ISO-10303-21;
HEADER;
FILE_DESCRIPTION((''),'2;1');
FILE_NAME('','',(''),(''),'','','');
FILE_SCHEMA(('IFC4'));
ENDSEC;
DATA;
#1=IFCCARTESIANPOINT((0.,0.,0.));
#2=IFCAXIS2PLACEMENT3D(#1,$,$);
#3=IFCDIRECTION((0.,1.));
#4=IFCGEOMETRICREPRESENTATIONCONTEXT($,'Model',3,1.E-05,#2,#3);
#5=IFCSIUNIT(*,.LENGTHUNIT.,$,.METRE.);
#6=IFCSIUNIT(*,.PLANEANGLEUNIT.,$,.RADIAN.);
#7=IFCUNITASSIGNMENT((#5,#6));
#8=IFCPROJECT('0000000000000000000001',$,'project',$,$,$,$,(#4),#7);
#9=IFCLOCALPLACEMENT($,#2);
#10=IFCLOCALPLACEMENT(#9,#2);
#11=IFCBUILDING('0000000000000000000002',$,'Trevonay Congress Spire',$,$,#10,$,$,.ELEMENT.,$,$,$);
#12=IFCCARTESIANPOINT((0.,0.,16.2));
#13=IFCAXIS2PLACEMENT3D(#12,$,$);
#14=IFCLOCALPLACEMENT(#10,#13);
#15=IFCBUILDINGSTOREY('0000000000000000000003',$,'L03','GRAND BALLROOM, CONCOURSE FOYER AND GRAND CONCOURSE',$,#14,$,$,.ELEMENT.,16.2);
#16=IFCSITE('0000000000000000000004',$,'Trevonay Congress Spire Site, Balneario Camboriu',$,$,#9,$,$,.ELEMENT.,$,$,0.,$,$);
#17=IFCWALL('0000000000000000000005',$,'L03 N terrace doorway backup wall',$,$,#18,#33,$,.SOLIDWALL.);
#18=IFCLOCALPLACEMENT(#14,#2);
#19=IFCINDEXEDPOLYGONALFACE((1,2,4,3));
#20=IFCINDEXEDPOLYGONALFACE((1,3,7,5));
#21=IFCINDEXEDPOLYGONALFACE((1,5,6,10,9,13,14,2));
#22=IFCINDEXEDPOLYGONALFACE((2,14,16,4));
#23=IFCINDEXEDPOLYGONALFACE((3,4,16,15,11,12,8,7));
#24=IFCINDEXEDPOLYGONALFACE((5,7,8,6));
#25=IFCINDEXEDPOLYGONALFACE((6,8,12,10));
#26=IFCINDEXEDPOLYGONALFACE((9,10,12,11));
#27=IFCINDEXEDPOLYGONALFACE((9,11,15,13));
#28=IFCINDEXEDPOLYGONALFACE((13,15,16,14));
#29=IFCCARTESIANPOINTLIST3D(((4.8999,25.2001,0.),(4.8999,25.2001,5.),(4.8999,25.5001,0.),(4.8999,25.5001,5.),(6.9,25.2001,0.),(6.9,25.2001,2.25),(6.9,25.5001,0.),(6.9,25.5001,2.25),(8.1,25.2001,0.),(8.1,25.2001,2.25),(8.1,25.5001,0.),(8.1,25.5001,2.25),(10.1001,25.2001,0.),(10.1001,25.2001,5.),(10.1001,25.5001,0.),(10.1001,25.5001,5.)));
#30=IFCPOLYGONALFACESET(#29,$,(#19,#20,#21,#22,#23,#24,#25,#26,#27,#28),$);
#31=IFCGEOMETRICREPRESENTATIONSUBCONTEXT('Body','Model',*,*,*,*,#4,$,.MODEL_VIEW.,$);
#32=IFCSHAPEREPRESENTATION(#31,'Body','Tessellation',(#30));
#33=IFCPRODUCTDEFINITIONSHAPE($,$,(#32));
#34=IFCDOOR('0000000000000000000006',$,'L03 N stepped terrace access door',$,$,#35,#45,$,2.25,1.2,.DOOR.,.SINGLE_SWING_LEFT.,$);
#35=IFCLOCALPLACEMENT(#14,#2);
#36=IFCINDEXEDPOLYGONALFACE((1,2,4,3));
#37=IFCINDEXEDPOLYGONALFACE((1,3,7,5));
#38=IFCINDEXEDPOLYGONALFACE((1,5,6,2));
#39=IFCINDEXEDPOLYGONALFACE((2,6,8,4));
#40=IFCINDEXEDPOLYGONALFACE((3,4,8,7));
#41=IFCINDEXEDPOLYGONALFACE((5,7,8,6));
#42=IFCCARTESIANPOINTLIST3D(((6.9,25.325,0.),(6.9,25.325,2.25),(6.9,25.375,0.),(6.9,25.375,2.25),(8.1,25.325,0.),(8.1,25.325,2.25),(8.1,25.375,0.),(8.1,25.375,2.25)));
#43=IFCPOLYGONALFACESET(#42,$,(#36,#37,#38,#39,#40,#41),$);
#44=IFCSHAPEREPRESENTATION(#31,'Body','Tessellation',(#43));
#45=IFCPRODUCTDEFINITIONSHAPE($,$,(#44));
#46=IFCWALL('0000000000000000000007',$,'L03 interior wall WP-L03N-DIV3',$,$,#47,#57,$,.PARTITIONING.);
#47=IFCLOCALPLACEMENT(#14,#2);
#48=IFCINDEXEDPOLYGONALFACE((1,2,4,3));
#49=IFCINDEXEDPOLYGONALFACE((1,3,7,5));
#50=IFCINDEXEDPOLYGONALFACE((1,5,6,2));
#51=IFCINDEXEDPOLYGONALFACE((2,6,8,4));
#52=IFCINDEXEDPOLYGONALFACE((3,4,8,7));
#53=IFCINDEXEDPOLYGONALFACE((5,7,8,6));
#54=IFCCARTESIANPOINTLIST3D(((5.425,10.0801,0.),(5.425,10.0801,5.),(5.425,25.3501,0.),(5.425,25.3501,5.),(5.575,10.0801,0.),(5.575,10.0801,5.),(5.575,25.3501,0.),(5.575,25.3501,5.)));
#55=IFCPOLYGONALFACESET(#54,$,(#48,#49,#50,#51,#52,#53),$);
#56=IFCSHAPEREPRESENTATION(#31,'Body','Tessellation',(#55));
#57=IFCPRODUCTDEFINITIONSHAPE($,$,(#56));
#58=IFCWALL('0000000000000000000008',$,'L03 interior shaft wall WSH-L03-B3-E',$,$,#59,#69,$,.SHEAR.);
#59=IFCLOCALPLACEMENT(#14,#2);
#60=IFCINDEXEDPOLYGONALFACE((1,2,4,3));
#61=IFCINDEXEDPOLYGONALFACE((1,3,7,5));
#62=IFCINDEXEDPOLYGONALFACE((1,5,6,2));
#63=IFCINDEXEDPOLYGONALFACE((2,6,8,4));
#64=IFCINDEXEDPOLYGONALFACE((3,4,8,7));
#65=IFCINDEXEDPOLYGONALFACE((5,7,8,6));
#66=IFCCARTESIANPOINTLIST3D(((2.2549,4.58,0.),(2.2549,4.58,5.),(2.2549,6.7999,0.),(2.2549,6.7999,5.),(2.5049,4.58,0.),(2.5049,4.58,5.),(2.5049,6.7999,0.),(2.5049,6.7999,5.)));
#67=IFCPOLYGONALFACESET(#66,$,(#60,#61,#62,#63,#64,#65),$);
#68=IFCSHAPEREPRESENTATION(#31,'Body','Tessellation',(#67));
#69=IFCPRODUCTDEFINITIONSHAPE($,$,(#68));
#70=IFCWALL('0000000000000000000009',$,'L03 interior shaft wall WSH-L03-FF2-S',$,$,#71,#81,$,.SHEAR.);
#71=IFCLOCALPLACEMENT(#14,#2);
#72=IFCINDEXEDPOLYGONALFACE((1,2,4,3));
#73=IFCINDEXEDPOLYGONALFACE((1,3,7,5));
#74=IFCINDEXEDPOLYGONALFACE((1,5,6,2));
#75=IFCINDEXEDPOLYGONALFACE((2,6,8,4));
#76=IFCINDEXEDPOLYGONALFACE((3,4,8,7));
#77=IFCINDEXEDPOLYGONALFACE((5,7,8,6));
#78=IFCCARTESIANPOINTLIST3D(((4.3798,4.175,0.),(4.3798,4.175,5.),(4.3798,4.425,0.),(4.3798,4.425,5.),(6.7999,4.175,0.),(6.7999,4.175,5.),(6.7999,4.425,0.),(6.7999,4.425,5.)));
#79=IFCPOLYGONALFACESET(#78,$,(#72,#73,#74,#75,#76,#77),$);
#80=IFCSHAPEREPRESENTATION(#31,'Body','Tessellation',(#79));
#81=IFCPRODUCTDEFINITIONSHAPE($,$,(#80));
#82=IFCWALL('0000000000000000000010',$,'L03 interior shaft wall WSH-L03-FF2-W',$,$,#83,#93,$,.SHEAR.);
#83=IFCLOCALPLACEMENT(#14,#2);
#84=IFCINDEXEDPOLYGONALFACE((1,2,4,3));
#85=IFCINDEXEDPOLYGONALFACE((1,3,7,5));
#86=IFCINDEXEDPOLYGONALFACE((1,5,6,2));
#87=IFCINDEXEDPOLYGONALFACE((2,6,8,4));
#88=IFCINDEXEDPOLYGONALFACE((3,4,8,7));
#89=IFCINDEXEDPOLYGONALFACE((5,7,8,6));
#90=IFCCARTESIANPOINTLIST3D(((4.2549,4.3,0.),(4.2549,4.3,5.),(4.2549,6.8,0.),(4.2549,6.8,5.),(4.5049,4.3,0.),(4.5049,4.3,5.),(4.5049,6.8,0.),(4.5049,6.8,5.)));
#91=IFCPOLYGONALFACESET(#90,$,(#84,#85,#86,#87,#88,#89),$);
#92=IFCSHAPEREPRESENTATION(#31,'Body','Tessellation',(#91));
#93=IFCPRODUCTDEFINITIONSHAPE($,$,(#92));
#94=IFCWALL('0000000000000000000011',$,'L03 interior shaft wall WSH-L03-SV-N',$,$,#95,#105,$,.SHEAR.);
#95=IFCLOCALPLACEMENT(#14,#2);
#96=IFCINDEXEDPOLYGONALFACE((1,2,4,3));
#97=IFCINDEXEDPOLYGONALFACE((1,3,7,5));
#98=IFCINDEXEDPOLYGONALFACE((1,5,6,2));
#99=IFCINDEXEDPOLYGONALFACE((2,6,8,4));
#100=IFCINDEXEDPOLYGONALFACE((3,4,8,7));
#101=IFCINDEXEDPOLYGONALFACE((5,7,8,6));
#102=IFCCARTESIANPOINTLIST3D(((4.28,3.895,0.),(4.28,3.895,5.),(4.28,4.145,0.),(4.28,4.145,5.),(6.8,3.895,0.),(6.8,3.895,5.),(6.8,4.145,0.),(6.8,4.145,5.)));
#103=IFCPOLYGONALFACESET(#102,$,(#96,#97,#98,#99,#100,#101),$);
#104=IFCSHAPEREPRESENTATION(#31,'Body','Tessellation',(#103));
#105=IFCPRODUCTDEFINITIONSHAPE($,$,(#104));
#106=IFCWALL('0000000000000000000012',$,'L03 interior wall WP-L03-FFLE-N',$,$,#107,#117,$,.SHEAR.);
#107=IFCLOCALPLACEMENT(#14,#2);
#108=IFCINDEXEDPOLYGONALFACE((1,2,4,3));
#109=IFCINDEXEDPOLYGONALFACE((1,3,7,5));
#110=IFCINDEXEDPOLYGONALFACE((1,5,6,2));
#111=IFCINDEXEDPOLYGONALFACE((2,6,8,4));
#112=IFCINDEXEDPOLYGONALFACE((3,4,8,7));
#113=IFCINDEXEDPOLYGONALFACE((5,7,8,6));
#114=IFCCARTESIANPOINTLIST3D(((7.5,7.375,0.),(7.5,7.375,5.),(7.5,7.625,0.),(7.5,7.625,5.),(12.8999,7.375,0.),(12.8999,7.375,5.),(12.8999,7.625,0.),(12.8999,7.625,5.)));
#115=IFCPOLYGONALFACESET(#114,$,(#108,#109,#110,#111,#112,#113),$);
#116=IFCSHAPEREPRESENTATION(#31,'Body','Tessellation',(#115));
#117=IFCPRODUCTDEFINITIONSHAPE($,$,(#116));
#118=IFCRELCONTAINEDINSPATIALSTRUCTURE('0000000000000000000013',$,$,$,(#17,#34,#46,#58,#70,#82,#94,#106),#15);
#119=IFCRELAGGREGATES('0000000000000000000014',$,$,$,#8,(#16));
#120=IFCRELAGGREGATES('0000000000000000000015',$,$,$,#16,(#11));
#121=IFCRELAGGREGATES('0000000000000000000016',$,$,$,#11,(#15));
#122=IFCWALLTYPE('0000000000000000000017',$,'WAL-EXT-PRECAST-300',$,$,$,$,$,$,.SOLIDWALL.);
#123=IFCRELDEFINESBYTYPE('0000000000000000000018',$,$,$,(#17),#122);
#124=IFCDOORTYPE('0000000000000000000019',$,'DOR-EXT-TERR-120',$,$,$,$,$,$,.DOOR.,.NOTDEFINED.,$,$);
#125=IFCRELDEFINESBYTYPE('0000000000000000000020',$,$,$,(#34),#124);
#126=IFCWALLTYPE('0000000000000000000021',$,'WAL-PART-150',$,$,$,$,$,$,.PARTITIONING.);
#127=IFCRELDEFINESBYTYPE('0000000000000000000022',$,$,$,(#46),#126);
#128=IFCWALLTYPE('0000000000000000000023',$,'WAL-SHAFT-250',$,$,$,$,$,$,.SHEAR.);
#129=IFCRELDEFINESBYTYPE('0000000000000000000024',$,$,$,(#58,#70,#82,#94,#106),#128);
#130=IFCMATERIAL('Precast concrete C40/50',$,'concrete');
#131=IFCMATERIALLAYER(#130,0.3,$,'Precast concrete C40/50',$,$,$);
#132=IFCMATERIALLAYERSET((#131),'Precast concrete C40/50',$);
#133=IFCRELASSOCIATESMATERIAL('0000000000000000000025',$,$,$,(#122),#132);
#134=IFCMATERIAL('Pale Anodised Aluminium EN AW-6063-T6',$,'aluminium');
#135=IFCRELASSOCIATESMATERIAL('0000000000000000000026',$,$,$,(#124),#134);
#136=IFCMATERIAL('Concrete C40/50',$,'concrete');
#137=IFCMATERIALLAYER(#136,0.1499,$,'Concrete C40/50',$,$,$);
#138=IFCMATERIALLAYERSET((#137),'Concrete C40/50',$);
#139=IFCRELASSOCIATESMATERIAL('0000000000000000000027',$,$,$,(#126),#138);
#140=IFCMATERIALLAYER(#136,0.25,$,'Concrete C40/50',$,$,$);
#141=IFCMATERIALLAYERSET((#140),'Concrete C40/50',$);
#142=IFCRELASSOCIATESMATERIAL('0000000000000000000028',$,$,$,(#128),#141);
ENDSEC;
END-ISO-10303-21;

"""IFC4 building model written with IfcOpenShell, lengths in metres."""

from ifc_helpers import new_model, si_unit, direction, frame, frame_2d, origin, place, context, subcontext, project, spatial, rectangle, extrude, material, layer, layer_set, type_object, element, fill, save


model = new_model("IFC4")

# Units and contexts
model_context = context("Model", 3, precision=1e-05, world=origin(), true_north=direction((0.0, 1.0)))
body_context = subcontext(model_context, "Body", "Model", "MODEL_VIEW")
ifc_project = project(units=[si_unit("LENGTHUNIT", "METRE"), si_unit("PLANEANGLEUNIT", "RADIAN")], contexts=[model_context])

# Site, building, storey
site_placement = place(None, origin())
site = spatial("IfcSite", under=ifc_project, at=site_placement, Name="Trevonay Congress Spire Site, Balneario Camboriu", CompositionType="ELEMENT", RefElevation=0.0)
building_placement = place(site_placement, origin())
building = spatial("IfcBuilding", under=site, at=building_placement, Name="Trevonay Congress Spire", CompositionType="ELEMENT")
storey_placement = place(building_placement, frame((0.0, 0.0, 16.2)))
storey = spatial("IfcBuildingStorey", under=building, at=storey_placement, Name="L03", Description="GRAND BALLROOM, CONCOURSE FOYER AND GRAND CONCOURSE", CompositionType="ELEMENT", Elevation=16.2)

# Shared definitions
ifc_material_1 = material(Name="Pale Anodised Aluminium EN AW-6063-T6", Category="aluminium")

# Wall, opening, door
ifc_material_2 = material(Name="Precast concrete C40/50", Category="concrete")
ifc_layer_1 = layer(ifc_material_2, 0.3, Name="Precast concrete C40/50")
ifc_layer_set_1 = layer_set([ifc_layer_1], Name="Precast concrete C40/50")
wall_type_1 = type_object("IfcWallType", Name="WAL-EXT-PRECAST-300", PredefinedType="SOLIDWALL", material=ifc_layer_set_1)
wall_1_placement = place(storey_placement, frame((4.8999, 25.3501, 0.0), z_axis=(0.0, 0.0, 1.0), x_axis=(1.0, 0.0, 0.0)))
wall_1 = element("IfcWall", 1, at=wall_1_placement, inside=storey, type_object=wall_type_1, Name="L03 N terrace doorway backup wall", PredefinedType="SOLIDWALL", context=body_context, shape_type="SweptSolid", body=[
    extrude(rectangle(XDim=5.2002, YDim=0.3, at=frame_2d((2.6001, 0.0))), origin(), (0.0, 0.0, 1.0), 5.0),
])
opening_placement = place(wall_1_placement, frame((2.0, 0.0, 0.0)))
opening = element("IfcOpeningElement", 2, at=opening_placement, cuts=wall_1, PredefinedType="OPENING", context=body_context, shape_type="SweptSolid", body=[
    extrude(rectangle(XDim=1.2, YDim=2.25, at=frame_2d((0.6001, 1.125))), frame((0.0, 0.1602, 0.0), z_axis=(0.0, -1.0, 0.0), x_axis=(1.0, 0.0, 0.0)), (0.0, 0.0, 1.0), 0.3201),
])
door_type = type_object("IfcDoorType", Name="DOR-EXT-TERR-120", OperationType="NOTDEFINED", PredefinedType="DOOR", material=ifc_material_1)
door_placement = place(opening_placement, origin())
door = element("IfcDoor", 3, at=door_placement, inside=storey, type_object=door_type, Name="L03 N stepped terrace access door", OperationType="SINGLE_SWING_LEFT", OverallHeight=2.25, OverallWidth=1.2, PredefinedType="DOOR", context=body_context, shape_type="SweptSolid", body=[
    extrude(rectangle(XDim=1.2, YDim=2.25, at=frame_2d((0.6001, 1.125))), frame((0.0, 0.0249, 0.0), z_axis=(0.0, -1.0, 0.0), x_axis=(1.0, 0.0, 0.0)), (0.0, 0.0, 1.0), 0.05),
])
fill(opening, door)

# Walls
ifc_material_3 = material(Name="Concrete C40/50", Category="concrete")
ifc_layer_2 = layer(ifc_material_3, 0.1499, Name="Concrete C40/50")
ifc_layer_set_2 = layer_set([ifc_layer_2], Name="Concrete C40/50")
wall_type_2 = type_object("IfcWallType", Name="WAL-PART-150", PredefinedType="PARTITIONING", material=ifc_layer_set_2)
wall_2_placement = place(storey_placement, frame((5.5, 10.0801, 0.0), z_axis=(0.0, 0.0, 1.0), x_axis=(0.0, 1.0, 0.0)))
element("IfcWall", 4, at=wall_2_placement, inside=storey, type_object=wall_type_2, Name="L03 interior wall WP-L03N-DIV3", PredefinedType="PARTITIONING", context=body_context, shape_type="SweptSolid", body=[
    extrude(rectangle(XDim=15.27, YDim=0.1499, at=frame_2d((7.635, 0.0))), origin(), (0.0, 0.0, 1.0), 5.0),
])
ifc_layer_3 = layer(ifc_material_3, 0.25, Name="Concrete C40/50")
ifc_layer_set_3 = layer_set([ifc_layer_3], Name="Concrete C40/50")
wall_type_3 = type_object("IfcWallType", Name="WAL-SHAFT-250", PredefinedType="SHEAR", material=ifc_layer_set_3)
wall_3_placement = place(storey_placement, frame((2.3799, 4.5801, 0.0), z_axis=(0.0, 0.0, 1.0), x_axis=(0.0, 1.0, 0.0)))
element("IfcWall", 5, at=wall_3_placement, inside=storey, type_object=wall_type_3, Name="L03 interior shaft wall WSH-L03-B3-E", PredefinedType="SHEAR", context=body_context, shape_type="SweptSolid", body=[
    extrude(rectangle(XDim=2.22, YDim=0.25, at=frame_2d((1.1099, 0.0))), origin(), (0.0, 0.0, 1.0), 5.0),
])
wall_4_placement = place(storey_placement, frame((4.3799, 4.3, 0.0), z_axis=(0.0, 0.0, 1.0), x_axis=(1.0, 0.0, 0.0)))
element("IfcWall", 6, at=wall_4_placement, inside=storey, type_object=wall_type_3, Name="L03 interior shaft wall WSH-L03-FF2-S", PredefinedType="SHEAR", context=body_context, shape_type="SweptSolid", body=[
    extrude(rectangle(XDim=2.4202, YDim=0.25, at=frame_2d((1.21, 0.0))), origin(), (0.0, 0.0, 1.0), 5.0),
])
wall_5_placement = place(storey_placement, frame((4.3799, 4.3, 0.0), z_axis=(0.0, 0.0, 1.0), x_axis=(0.0, 1.0, 0.0)))
element("IfcWall", 7, at=wall_5_placement, inside=storey, type_object=wall_type_3, Name="L03 interior shaft wall WSH-L03-FF2-W", PredefinedType="SHEAR", context=body_context, shape_type="SweptSolid", body=[
    extrude(rectangle(XDim=2.5, YDim=0.25, at=frame_2d((1.25, 0.0))), origin(), (0.0, 0.0, 1.0), 5.0),
])
wall_6_placement = place(storey_placement, frame((4.28, 4.02, 0.0), z_axis=(0.0, 0.0, 1.0), x_axis=(1.0, 0.0, 0.0)))
element("IfcWall", 8, at=wall_6_placement, inside=storey, type_object=wall_type_3, Name="L03 interior shaft wall WSH-L03-SV-N", PredefinedType="SHEAR", context=body_context, shape_type="SweptSolid", body=[
    extrude(rectangle(XDim=2.52, YDim=0.25, at=frame_2d((1.26, 0.0))), origin(), (0.0, 0.0, 1.0), 5.0),
])
wall_7_placement = place(storey_placement, frame((7.5, 7.5, 0.0), z_axis=(0.0, 0.0, 1.0), x_axis=(1.0, 0.0, 0.0)))
element("IfcWall", 9, at=wall_7_placement, inside=storey, type_object=wall_type_3, Name="L03 interior wall WP-L03-FFLE-N", PredefinedType="SHEAR", context=body_context, shape_type="SweptSolid", body=[
    extrude(rectangle(XDim=5.3999, YDim=0.25, at=frame_2d((2.7, 0.0))), origin(), (0.0, 0.0, 1.0), 5.0),
])

save(model, "model.ifc")
